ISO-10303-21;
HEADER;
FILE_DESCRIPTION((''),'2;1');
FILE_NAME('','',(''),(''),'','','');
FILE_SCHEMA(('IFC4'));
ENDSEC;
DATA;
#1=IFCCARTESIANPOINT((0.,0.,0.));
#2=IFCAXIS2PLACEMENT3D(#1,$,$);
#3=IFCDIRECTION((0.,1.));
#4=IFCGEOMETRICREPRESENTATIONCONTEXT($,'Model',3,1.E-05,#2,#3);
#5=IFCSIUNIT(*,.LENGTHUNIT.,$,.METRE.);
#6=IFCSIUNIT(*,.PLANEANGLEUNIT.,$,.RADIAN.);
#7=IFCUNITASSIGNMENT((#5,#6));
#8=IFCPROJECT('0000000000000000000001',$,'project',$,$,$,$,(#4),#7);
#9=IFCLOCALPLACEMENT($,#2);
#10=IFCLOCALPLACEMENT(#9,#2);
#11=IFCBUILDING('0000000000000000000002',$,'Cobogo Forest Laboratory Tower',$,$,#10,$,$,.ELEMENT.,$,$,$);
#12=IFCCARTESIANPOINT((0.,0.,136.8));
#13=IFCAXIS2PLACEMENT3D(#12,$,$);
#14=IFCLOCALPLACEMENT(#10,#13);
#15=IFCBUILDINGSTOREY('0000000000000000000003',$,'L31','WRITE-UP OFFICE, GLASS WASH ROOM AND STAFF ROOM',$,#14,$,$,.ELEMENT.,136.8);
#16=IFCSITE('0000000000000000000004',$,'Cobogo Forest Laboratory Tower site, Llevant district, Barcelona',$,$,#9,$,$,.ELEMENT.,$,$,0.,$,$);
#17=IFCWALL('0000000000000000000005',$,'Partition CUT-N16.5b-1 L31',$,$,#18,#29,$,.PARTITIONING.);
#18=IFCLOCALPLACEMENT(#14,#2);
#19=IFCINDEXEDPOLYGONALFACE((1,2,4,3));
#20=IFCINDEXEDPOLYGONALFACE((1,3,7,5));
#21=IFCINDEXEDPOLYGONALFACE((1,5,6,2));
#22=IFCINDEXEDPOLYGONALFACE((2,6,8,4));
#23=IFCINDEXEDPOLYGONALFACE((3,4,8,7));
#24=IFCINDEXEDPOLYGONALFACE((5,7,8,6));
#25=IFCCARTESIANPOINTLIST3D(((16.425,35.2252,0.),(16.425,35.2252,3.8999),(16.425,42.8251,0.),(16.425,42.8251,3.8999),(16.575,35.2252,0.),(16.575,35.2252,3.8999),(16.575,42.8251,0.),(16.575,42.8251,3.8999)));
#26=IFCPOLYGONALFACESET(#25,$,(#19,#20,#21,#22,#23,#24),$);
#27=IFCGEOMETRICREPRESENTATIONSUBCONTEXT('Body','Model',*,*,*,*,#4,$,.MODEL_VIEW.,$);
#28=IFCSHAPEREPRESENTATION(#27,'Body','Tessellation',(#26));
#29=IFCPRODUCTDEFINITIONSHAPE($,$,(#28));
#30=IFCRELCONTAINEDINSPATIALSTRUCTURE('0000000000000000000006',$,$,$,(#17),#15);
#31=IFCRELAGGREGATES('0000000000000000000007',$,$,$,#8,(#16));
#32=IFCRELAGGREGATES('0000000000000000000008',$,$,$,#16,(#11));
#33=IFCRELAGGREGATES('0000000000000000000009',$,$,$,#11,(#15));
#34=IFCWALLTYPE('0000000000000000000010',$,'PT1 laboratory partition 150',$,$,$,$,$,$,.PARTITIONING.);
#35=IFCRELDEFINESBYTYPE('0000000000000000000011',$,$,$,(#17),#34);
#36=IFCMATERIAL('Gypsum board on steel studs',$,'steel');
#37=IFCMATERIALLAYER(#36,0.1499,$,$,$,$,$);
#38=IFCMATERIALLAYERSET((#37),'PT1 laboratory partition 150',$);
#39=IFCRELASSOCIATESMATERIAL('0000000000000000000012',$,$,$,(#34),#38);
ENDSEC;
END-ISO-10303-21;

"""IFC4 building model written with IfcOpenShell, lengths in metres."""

from ifc_helpers import new_model, si_unit, direction, frame, frame_2d, origin, place, context, subcontext, project, spatial, rectangle, extrude, material, layer, layer_set, type_object, element, save


model = new_model("IFC4")

# Units and contexts
model_context = context("Model", 3, precision=1e-05, world=origin(), true_north=direction((0.0, 1.0)))
body_context = subcontext(model_context, "Body", "Model", "MODEL_VIEW")
ifc_project = project(units=[si_unit("LENGTHUNIT", "METRE"), si_unit("PLANEANGLEUNIT", "RADIAN")], contexts=[model_context])

# Site, building, storey
site_placement = place(None, origin())
site = spatial("IfcSite", under=ifc_project, at=site_placement, Name="Cobogo Forest Laboratory Tower site, Llevant district, Barcelona", CompositionType="ELEMENT", RefElevation=0.0)
building_placement = place(site_placement, origin())
building = spatial("IfcBuilding", under=site, at=building_placement, Name="Cobogo Forest Laboratory Tower", CompositionType="ELEMENT")
storey_placement = place(building_placement, frame((0.0, 0.0, 136.8)))
storey = spatial("IfcBuildingStorey", under=building, at=storey_placement, Name="L31", Description="WRITE-UP OFFICE, GLASS WASH ROOM AND STAFF ROOM", CompositionType="ELEMENT", Elevation=136.8)

# Wall
ifc_material_1 = material(Name="Gypsum board on steel studs", Category="steel")
ifc_layer_1 = layer(ifc_material_1, 0.1499)
ifc_layer_set_1 = layer_set([ifc_layer_1], Name="PT1 laboratory partition 150")
wall_type = type_object("IfcWallType", Name="PT1 laboratory partition 150", PredefinedType="PARTITIONING", material=ifc_layer_set_1)
wall_1_placement = place(storey_placement, frame((16.5, 42.825, 0.0), z_axis=(0.0, 0.0, 1.0), x_axis=(0.0, -1.0, 0.0)))
element("IfcWall", 1, at=wall_1_placement, inside=storey, type_object=wall_type, Name="Partition CUT-N16.5b-1 L31", PredefinedType="PARTITIONING", context=body_context, shape_type="SweptSolid", body=[
    extrude(rectangle(XDim=7.5999, YDim=0.1499, at=frame_2d((3.7998, 0.0))), origin(), (0.0, 0.0, 1.0), 3.8999),
])

save(model, "model.ifc")
